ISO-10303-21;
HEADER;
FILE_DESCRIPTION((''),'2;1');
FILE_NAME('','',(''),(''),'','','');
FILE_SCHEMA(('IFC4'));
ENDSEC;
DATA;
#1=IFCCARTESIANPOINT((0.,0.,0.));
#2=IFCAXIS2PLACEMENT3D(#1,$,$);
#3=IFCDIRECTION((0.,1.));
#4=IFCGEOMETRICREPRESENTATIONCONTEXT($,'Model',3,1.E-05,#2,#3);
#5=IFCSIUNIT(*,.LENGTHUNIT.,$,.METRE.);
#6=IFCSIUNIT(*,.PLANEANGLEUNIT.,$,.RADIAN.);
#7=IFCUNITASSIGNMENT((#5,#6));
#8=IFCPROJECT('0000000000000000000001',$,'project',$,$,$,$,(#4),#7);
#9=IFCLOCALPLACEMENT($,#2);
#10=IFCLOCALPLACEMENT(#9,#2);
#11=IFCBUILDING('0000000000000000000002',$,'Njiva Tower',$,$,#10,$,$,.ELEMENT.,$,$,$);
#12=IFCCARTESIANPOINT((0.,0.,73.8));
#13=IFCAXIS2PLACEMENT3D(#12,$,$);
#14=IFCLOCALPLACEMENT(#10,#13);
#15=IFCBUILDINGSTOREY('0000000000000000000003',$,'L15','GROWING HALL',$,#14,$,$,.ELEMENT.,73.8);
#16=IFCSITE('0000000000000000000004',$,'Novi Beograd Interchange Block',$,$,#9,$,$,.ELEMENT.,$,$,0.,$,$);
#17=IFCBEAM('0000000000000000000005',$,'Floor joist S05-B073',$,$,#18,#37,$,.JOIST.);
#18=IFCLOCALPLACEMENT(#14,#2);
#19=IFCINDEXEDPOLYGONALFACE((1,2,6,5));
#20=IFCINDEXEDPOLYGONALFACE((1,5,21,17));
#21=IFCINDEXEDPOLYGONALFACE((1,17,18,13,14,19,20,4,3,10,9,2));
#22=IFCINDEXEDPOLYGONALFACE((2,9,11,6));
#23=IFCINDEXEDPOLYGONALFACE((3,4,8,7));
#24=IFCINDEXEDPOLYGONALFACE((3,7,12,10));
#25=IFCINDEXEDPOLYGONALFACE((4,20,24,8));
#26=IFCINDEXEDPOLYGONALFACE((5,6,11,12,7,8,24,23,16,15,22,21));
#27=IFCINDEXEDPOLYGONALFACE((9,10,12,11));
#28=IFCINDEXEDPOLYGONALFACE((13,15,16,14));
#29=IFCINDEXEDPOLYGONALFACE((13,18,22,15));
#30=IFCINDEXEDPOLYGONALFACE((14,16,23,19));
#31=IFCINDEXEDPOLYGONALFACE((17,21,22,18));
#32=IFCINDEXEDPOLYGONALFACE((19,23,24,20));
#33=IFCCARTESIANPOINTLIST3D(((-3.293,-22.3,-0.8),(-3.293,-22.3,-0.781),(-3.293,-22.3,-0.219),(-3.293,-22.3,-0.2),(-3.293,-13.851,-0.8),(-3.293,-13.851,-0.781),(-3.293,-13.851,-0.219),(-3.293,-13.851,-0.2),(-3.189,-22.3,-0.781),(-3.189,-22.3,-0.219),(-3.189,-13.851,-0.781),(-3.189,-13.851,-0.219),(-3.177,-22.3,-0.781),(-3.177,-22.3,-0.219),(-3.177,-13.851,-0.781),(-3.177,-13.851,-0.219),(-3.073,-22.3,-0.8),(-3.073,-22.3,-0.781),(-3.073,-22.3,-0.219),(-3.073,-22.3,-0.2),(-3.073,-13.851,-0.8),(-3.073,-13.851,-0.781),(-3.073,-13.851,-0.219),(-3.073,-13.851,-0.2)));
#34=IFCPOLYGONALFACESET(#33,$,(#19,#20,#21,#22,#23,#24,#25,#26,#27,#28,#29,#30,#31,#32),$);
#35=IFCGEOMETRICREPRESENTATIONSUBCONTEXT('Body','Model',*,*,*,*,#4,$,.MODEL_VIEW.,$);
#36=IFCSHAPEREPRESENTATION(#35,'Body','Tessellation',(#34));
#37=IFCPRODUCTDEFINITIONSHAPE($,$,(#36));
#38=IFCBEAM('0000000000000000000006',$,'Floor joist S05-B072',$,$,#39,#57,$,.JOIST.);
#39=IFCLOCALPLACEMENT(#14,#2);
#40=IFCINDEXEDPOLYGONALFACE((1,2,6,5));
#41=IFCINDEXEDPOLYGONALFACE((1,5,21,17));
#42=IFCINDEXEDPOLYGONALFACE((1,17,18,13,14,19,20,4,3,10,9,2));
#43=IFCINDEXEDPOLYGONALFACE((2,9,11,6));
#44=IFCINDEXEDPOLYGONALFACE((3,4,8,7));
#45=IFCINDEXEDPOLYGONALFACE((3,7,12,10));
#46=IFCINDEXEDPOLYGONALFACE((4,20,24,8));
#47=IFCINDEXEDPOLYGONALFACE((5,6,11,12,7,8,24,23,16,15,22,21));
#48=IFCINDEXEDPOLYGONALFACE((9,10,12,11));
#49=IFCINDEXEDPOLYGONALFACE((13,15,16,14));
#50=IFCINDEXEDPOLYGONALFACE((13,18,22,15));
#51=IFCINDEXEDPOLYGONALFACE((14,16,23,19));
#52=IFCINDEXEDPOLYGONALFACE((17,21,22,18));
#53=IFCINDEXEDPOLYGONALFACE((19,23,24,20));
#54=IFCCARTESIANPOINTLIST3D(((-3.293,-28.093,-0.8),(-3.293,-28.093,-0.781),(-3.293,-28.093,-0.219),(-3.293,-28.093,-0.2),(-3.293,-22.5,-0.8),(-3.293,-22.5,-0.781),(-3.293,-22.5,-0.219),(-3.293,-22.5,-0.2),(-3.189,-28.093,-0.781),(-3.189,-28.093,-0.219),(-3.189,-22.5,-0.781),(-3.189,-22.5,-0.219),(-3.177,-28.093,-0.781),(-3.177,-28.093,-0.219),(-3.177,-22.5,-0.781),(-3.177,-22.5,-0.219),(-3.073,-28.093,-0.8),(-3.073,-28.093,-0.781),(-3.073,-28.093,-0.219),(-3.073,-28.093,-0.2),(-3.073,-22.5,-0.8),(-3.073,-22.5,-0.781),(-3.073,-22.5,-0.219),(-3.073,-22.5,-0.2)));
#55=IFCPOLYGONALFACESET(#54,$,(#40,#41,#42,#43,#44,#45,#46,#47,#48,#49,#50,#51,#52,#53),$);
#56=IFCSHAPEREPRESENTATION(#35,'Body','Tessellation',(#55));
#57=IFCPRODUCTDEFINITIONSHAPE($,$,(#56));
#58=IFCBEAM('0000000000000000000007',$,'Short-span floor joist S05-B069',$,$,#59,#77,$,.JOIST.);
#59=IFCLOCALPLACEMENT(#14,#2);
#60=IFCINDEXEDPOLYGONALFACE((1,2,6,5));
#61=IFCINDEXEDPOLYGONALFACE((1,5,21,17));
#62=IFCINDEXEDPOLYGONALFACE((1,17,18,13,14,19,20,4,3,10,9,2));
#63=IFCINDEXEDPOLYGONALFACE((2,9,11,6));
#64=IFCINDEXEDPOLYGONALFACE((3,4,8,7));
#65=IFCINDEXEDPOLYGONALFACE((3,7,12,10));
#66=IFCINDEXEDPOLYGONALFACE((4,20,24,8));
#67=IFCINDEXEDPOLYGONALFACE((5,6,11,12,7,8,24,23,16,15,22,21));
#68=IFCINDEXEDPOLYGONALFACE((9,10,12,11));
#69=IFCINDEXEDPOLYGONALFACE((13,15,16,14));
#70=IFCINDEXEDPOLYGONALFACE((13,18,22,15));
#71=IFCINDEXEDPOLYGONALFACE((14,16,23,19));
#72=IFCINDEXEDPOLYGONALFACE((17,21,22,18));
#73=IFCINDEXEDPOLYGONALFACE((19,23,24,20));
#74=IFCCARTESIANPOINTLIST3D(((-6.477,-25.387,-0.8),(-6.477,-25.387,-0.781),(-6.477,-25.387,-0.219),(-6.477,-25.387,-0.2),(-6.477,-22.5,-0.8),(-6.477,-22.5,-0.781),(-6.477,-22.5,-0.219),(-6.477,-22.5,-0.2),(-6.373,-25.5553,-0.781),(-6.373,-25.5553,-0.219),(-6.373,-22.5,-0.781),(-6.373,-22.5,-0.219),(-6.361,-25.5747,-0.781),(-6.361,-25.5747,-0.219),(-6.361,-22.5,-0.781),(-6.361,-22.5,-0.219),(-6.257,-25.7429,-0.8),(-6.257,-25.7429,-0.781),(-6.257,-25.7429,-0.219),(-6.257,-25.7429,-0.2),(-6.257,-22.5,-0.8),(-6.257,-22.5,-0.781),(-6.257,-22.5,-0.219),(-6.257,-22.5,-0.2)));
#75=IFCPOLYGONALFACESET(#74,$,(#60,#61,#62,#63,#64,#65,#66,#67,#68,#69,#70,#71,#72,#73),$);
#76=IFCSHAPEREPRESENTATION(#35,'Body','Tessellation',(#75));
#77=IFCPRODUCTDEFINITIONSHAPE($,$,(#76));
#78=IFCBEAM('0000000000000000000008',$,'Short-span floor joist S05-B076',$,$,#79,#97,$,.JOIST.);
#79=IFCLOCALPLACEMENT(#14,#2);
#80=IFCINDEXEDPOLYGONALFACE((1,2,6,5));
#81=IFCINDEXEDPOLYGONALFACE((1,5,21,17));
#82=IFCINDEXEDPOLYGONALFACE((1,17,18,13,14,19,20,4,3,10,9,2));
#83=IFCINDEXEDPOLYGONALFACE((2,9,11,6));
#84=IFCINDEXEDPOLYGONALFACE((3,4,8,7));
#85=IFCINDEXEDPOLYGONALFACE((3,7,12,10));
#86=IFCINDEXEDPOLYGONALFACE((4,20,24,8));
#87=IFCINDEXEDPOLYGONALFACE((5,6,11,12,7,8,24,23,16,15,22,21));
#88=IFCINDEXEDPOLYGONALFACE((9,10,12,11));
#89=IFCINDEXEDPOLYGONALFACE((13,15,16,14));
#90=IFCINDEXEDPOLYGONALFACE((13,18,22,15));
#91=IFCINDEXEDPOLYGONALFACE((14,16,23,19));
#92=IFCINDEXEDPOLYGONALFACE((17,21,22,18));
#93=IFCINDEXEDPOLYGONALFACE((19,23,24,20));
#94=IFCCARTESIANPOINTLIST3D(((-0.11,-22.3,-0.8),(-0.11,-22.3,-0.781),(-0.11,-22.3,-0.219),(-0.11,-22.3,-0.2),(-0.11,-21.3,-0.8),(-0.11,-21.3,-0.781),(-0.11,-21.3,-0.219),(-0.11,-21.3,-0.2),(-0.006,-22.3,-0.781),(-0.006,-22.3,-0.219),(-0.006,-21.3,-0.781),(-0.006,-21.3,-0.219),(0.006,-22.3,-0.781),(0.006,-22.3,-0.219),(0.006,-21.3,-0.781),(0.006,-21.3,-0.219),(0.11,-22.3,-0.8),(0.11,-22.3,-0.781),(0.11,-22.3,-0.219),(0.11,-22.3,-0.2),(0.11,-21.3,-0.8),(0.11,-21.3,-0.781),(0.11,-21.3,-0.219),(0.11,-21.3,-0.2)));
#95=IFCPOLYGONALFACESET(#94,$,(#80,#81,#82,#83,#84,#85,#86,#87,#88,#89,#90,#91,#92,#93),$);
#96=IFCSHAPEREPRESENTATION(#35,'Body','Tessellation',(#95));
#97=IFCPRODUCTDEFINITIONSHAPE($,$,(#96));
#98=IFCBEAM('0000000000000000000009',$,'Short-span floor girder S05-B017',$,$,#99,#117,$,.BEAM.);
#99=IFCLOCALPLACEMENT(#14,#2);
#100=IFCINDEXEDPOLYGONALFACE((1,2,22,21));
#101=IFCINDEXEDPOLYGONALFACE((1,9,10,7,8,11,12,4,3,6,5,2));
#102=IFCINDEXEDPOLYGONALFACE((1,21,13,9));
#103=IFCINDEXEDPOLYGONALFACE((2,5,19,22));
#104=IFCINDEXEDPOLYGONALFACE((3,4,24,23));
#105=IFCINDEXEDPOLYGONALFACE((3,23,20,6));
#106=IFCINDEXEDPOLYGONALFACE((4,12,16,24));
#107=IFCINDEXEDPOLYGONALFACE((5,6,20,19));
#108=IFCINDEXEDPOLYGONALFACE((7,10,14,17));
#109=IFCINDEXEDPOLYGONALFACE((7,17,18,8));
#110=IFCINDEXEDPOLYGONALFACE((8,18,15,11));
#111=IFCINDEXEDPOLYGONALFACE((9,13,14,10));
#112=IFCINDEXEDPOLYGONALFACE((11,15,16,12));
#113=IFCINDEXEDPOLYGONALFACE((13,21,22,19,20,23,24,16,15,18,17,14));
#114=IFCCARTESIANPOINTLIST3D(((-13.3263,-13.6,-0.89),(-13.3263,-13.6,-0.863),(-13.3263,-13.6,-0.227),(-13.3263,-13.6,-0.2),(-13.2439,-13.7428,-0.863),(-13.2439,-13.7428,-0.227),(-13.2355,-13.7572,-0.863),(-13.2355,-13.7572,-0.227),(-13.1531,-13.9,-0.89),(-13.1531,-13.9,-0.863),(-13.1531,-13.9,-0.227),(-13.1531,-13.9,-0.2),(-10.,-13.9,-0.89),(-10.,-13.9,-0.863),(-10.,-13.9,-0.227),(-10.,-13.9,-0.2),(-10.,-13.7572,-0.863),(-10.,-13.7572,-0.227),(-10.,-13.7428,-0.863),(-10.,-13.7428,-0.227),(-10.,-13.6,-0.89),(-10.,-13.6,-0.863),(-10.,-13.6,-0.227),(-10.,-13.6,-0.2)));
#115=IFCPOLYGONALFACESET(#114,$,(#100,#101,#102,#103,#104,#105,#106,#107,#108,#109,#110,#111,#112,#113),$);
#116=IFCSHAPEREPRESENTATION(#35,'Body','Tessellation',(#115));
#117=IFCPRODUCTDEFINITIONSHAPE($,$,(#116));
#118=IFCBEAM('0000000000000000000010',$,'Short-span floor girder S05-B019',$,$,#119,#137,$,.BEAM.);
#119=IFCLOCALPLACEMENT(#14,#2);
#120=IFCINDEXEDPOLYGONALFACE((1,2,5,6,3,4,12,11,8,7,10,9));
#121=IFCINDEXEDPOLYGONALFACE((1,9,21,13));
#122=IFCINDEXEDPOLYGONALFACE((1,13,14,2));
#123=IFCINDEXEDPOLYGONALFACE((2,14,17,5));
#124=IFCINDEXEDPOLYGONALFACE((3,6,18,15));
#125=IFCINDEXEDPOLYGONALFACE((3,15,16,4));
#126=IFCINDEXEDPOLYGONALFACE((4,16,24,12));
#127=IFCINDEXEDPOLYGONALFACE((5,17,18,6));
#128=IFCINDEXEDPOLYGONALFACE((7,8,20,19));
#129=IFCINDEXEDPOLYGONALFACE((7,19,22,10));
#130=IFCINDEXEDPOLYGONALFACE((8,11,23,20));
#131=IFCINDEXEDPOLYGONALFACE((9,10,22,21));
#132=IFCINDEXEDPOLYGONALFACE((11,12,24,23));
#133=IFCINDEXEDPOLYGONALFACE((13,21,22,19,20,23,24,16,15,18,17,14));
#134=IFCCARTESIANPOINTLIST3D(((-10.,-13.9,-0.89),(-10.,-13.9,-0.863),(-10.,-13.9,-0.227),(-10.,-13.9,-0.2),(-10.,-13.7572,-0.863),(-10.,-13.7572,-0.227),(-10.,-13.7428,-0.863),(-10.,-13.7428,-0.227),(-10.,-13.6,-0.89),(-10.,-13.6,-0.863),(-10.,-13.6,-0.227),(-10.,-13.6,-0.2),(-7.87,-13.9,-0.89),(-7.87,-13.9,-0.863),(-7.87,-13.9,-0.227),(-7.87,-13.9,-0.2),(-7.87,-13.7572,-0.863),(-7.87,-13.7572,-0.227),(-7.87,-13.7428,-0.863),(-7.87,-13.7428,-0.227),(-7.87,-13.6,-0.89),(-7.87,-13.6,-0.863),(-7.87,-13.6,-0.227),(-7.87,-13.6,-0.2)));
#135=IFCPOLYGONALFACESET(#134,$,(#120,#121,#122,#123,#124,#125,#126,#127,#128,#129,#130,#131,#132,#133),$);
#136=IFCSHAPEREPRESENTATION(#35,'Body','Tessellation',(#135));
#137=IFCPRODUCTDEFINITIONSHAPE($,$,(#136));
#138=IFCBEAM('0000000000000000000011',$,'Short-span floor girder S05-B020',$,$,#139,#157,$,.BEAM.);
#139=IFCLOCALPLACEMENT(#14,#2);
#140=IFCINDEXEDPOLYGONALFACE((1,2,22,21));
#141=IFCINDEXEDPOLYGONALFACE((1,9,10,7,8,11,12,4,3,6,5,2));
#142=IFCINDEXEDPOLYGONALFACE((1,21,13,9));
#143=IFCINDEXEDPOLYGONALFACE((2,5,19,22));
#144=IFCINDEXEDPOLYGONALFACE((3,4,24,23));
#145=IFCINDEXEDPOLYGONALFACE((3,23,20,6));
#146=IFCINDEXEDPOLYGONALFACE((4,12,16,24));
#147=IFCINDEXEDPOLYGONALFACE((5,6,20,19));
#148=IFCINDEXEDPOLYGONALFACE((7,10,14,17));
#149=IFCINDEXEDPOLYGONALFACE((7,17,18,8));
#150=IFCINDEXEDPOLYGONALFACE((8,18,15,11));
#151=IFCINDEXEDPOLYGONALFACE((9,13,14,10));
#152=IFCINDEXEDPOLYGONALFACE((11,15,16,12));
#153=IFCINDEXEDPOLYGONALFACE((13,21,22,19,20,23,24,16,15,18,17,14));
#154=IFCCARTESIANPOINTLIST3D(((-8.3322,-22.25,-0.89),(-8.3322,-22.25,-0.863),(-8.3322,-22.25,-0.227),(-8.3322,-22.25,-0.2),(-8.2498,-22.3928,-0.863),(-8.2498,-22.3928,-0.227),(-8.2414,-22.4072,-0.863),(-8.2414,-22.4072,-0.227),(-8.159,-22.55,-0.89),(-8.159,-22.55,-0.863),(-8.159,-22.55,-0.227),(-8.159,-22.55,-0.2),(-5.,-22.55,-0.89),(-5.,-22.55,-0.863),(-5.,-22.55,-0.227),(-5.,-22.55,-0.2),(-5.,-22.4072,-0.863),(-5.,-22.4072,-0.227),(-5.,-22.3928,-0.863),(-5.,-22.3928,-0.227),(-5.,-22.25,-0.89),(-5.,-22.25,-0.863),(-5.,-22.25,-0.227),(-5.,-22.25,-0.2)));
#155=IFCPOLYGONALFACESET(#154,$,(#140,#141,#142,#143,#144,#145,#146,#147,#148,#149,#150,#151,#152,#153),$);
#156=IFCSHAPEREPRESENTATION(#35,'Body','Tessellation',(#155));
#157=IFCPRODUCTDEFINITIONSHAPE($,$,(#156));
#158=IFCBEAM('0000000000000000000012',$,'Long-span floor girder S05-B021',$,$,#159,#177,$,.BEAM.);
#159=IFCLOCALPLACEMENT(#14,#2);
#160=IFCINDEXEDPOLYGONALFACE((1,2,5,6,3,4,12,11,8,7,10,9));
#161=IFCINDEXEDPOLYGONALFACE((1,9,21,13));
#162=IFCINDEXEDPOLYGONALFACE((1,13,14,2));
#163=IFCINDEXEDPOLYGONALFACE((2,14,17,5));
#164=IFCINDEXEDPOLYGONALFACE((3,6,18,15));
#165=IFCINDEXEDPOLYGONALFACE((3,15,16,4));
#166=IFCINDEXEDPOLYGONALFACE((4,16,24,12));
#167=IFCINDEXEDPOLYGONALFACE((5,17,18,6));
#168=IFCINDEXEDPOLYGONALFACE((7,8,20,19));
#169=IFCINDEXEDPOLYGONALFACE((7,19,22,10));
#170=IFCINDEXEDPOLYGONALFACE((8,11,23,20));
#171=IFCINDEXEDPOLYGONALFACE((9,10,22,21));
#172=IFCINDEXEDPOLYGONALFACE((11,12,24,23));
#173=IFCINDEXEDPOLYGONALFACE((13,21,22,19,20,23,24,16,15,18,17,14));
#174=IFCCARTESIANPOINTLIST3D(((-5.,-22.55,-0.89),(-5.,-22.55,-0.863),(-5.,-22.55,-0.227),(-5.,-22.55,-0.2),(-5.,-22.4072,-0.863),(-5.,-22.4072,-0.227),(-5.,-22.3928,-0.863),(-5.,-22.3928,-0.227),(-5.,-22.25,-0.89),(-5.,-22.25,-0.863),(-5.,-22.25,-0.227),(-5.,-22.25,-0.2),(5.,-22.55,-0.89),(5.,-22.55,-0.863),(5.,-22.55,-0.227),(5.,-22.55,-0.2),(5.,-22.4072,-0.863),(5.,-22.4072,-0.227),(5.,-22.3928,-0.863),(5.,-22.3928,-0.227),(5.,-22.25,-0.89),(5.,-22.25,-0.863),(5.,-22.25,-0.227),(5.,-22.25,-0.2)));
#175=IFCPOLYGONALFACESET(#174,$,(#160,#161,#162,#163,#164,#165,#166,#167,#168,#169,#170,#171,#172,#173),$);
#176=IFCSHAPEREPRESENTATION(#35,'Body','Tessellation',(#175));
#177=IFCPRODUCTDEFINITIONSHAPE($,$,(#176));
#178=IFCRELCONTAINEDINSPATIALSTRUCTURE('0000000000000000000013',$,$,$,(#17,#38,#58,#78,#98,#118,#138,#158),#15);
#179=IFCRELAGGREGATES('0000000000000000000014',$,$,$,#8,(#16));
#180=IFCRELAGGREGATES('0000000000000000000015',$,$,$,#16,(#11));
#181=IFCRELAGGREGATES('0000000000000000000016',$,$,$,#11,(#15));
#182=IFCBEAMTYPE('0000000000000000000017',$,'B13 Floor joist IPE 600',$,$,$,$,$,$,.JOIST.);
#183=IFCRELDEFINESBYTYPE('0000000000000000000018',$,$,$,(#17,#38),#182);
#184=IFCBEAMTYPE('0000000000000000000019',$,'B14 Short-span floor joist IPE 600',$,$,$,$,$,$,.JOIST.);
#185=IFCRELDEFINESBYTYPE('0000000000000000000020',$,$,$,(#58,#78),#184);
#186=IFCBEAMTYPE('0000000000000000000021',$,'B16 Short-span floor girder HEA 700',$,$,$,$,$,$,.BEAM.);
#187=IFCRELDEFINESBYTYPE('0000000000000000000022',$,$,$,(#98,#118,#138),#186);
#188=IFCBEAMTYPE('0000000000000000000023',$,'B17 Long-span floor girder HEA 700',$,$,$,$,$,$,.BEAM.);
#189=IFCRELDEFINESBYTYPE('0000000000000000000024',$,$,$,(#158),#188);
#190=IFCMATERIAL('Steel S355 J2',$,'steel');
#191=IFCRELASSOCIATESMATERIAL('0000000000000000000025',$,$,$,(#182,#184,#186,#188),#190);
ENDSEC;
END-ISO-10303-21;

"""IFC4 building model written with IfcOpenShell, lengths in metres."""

from ifc_helpers import new_model, si_unit, direction, frame, origin, origin_2d, place, context, subcontext, project, spatial, i_section, extrude, clip, halfspace, material, material_profile, profile_set, type_object, element, save


model = new_model("IFC4")

# Units and contexts
model_context = context("Model", 3, precision=1e-05, world=origin(), true_north=direction((0.0, 1.0)))
body_context = subcontext(model_context, "Body", "Model", "MODEL_VIEW")
ifc_project = project(units=[si_unit("LENGTHUNIT", "METRE"), si_unit("PLANEANGLEUNIT", "RADIAN")], contexts=[model_context])

# Site, building, storey
site_placement = place(None, origin())
site = spatial("IfcSite", under=ifc_project, at=site_placement, Name="Novi Beograd Interchange Block", CompositionType="ELEMENT", RefElevation=0.0)
building_placement = place(site_placement, origin())
building = spatial("IfcBuilding", under=site, at=building_placement, Name="Njiva Tower", CompositionType="ELEMENT")
storey_placement = place(building_placement, frame((0.0, 0.0, 73.8)))
storey = spatial("IfcBuildingStorey", under=building, at=storey_placement, Name="L15", Description="GROWING HALL", CompositionType="ELEMENT", Elevation=73.8)

# Shared definitions
ifc_material_1 = material(Name="Steel S355 J2", Category="steel")

# Beams
ifc_material_profile_1 = material_profile(ifc_material_1, i_section(OverallWidth=0.22, OverallDepth=0.6, WebThickness=0.012, FlangeThickness=0.019, at=origin_2d()), Name="IPE 600")
ifc_profile_set_1 = profile_set([ifc_material_profile_1], Name="Steel S355 J2")
beam_type_1 = type_object("IfcBeamType", Name="B13 Floor joist IPE 600", PredefinedType="JOIST", material=ifc_profile_set_1)
for number, where, z_axis, x_axis, name in (
    (1, (-3.183, -13.851, -0.5), (0.0, -1.0, 0.0), (1.0, 0.0, 0.0), "Floor joist S05-B073"),
):
    element("IfcBeam", number, at=place(storey_placement, frame(where, z_axis=z_axis, x_axis=x_axis)), inside=storey, type_object=beam_type_1, Name=name, PredefinedType="JOIST", context=body_context, shape_type="SweptSolid", body=[
        extrude(i_section(OverallWidth=0.22, OverallDepth=0.6, WebThickness=0.012, FlangeThickness=0.019, at=origin_2d()), origin(), (0.0, 0.0, 1.0), 8.449),
    ])
beam_1_placement = place(storey_placement, frame((-3.183, -22.5, -0.5), z_axis=(0.0, -1.0, 0.0), x_axis=(1.0, 0.0, 0.0)))
element("IfcBeam", 2, at=beam_1_placement, inside=storey, type_object=beam_type_1, Name="Floor joist S05-B072", PredefinedType="JOIST", context=body_context, shape_type="SweptSolid", body=[
    extrude(i_section(OverallWidth=0.22, OverallDepth=0.6, WebThickness=0.012, FlangeThickness=0.019, at=origin_2d()), origin(), (0.0, 0.0, 1.0), 5.593),
])
ifc_material_profile_2 = material_profile(ifc_material_1, i_section(OverallWidth=0.22, OverallDepth=0.6, WebThickness=0.012, FlangeThickness=0.019, at=origin_2d()), Name="IPE 600")
ifc_profile_set_2 = profile_set([ifc_material_profile_2], Name="Steel S355 J2")
beam_type_2 = type_object("IfcBeamType", Name="B14 Short-span floor joist IPE 600", PredefinedType="JOIST", material=ifc_profile_set_2)
beam_2_placement = place(storey_placement, frame((-6.367, -22.5, -0.5), z_axis=(0.0, -1.0, 0.0), x_axis=(1.0, 0.0, 0.0)))
element("IfcBeam", 3, at=beam_2_placement, inside=storey, type_object=beam_type_2, Name="Short-span floor joist S05-B069", PredefinedType="JOIST", context=body_context, shape_type="Clipping", body=[
    clip(extrude(i_section(OverallWidth=0.22, OverallDepth=0.6, WebThickness=0.012, FlangeThickness=0.019, at=origin_2d()), origin(), (0.0, 0.0, 1.0), 3.263), halfspace(frame((-0.0422, 0.0, 2.9967), z_axis=(-0.85062, 0.0, 0.52578), x_axis=(0.0, 1.0, 0.0)), False)),
])
beam_3_placement = place(storey_placement, frame((0.0, -21.3, -0.5), z_axis=(0.0, -1.0, 0.0), x_axis=(1.0, 0.0, 0.0)))
element("IfcBeam", 4, at=beam_3_placement, inside=storey, type_object=beam_type_2, Name="Short-span floor joist S05-B076", PredefinedType="JOIST", context=body_context, shape_type="SweptSolid", body=[
    extrude(i_section(OverallWidth=0.22, OverallDepth=0.6, WebThickness=0.012, FlangeThickness=0.019, at=origin_2d()), origin(), (0.0, 0.0, 1.0), 1.0),
])
ifc_material_profile_3 = material_profile(ifc_material_1, i_section(OverallWidth=0.3, OverallDepth=0.69, WebThickness=0.0145, FlangeThickness=0.027, at=origin_2d()), Name="HEA 700")
ifc_profile_set_3 = profile_set([ifc_material_profile_3], Name="Steel S355 J2")
beam_type_3 = type_object("IfcBeamType", Name="B16 Short-span floor girder HEA 700", PredefinedType="BEAM", material=ifc_profile_set_3)
beam_4_placement = place(storey_placement, frame((-13.347, -13.75, -0.545), z_axis=(1.0, 0.0, 0.0), x_axis=(0.0, 1.0, 0.0)))
element("IfcBeam", 5, at=beam_4_placement, inside=storey, type_object=beam_type_3, Name="Short-span floor girder S05-B017", PredefinedType="BEAM", context=body_context, shape_type="Clipping", body=[
    clip(extrude(i_section(OverallWidth=0.3, OverallDepth=0.69, WebThickness=0.0145, FlangeThickness=0.027, at=origin_2d()), origin(), (0.0, 0.0, 1.0), 3.347), halfspace(frame((-0.025, 0.0, 0.1217), z_axis=(-0.499998, 0.0, -0.866027), x_axis=(0.0, -1.0, 0.0)), False)),
])
beam_5_placement = place(storey_placement, frame((-10.0, -13.75, -0.545), z_axis=(1.0, 0.0, 0.0), x_axis=(0.0, 1.0, 0.0)))
element("IfcBeam", 6, at=beam_5_placement, inside=storey, type_object=beam_type_3, Name="Short-span floor girder S05-B019", PredefinedType="BEAM", context=body_context, shape_type="SweptSolid", body=[
    extrude(i_section(OverallWidth=0.3, OverallDepth=0.69, WebThickness=0.0145, FlangeThickness=0.027, at=origin_2d()), origin(), (0.0, 0.0, 1.0), 2.13),
])
beam_6_placement = place(storey_placement, frame((-8.353, -22.4, -0.545), z_axis=(1.0, 0.0, 0.0), x_axis=(0.0, 1.0, 0.0)))
element("IfcBeam", 7, at=beam_6_placement, inside=storey, type_object=beam_type_3, Name="Short-span floor girder S05-B020", PredefinedType="BEAM", context=body_context, shape_type="Clipping", body=[
    clip(extrude(i_section(OverallWidth=0.3, OverallDepth=0.69, WebThickness=0.0145, FlangeThickness=0.027, at=origin_2d()), origin(), (0.0, 0.0, 1.0), 3.353), halfspace(frame((-0.025, 0.0, 0.1218), z_axis=(-0.499998, 0.0, -0.866027), x_axis=(0.0, -1.0, 0.0)), False)),
])
ifc_material_profile_4 = material_profile(ifc_material_1, i_section(OverallWidth=0.3, OverallDepth=0.69, WebThickness=0.0145, FlangeThickness=0.027, at=origin_2d()), Name="HEA 700")
ifc_profile_set_4 = profile_set([ifc_material_profile_4], Name="Steel S355 J2")
beam_type_4 = type_object("IfcBeamType", Name="B17 Long-span floor girder HEA 700", PredefinedType="BEAM", material=ifc_profile_set_4)
beam_7_placement = place(storey_placement, frame((-5.0, -22.4, -0.545), z_axis=(1.0, 0.0, 0.0), x_axis=(0.0, 1.0, 0.0)))
element("IfcBeam", 8, at=beam_7_placement, inside=storey, type_object=beam_type_4, Name="Long-span floor girder S05-B021", PredefinedType="BEAM", context=body_context, shape_type="SweptSolid", body=[
    extrude(i_section(OverallWidth=0.3, OverallDepth=0.69, WebThickness=0.0145, FlangeThickness=0.027, at=origin_2d()), origin(), (0.0, 0.0, 1.0), 10.0),
])

save(model, "model.ifc")
